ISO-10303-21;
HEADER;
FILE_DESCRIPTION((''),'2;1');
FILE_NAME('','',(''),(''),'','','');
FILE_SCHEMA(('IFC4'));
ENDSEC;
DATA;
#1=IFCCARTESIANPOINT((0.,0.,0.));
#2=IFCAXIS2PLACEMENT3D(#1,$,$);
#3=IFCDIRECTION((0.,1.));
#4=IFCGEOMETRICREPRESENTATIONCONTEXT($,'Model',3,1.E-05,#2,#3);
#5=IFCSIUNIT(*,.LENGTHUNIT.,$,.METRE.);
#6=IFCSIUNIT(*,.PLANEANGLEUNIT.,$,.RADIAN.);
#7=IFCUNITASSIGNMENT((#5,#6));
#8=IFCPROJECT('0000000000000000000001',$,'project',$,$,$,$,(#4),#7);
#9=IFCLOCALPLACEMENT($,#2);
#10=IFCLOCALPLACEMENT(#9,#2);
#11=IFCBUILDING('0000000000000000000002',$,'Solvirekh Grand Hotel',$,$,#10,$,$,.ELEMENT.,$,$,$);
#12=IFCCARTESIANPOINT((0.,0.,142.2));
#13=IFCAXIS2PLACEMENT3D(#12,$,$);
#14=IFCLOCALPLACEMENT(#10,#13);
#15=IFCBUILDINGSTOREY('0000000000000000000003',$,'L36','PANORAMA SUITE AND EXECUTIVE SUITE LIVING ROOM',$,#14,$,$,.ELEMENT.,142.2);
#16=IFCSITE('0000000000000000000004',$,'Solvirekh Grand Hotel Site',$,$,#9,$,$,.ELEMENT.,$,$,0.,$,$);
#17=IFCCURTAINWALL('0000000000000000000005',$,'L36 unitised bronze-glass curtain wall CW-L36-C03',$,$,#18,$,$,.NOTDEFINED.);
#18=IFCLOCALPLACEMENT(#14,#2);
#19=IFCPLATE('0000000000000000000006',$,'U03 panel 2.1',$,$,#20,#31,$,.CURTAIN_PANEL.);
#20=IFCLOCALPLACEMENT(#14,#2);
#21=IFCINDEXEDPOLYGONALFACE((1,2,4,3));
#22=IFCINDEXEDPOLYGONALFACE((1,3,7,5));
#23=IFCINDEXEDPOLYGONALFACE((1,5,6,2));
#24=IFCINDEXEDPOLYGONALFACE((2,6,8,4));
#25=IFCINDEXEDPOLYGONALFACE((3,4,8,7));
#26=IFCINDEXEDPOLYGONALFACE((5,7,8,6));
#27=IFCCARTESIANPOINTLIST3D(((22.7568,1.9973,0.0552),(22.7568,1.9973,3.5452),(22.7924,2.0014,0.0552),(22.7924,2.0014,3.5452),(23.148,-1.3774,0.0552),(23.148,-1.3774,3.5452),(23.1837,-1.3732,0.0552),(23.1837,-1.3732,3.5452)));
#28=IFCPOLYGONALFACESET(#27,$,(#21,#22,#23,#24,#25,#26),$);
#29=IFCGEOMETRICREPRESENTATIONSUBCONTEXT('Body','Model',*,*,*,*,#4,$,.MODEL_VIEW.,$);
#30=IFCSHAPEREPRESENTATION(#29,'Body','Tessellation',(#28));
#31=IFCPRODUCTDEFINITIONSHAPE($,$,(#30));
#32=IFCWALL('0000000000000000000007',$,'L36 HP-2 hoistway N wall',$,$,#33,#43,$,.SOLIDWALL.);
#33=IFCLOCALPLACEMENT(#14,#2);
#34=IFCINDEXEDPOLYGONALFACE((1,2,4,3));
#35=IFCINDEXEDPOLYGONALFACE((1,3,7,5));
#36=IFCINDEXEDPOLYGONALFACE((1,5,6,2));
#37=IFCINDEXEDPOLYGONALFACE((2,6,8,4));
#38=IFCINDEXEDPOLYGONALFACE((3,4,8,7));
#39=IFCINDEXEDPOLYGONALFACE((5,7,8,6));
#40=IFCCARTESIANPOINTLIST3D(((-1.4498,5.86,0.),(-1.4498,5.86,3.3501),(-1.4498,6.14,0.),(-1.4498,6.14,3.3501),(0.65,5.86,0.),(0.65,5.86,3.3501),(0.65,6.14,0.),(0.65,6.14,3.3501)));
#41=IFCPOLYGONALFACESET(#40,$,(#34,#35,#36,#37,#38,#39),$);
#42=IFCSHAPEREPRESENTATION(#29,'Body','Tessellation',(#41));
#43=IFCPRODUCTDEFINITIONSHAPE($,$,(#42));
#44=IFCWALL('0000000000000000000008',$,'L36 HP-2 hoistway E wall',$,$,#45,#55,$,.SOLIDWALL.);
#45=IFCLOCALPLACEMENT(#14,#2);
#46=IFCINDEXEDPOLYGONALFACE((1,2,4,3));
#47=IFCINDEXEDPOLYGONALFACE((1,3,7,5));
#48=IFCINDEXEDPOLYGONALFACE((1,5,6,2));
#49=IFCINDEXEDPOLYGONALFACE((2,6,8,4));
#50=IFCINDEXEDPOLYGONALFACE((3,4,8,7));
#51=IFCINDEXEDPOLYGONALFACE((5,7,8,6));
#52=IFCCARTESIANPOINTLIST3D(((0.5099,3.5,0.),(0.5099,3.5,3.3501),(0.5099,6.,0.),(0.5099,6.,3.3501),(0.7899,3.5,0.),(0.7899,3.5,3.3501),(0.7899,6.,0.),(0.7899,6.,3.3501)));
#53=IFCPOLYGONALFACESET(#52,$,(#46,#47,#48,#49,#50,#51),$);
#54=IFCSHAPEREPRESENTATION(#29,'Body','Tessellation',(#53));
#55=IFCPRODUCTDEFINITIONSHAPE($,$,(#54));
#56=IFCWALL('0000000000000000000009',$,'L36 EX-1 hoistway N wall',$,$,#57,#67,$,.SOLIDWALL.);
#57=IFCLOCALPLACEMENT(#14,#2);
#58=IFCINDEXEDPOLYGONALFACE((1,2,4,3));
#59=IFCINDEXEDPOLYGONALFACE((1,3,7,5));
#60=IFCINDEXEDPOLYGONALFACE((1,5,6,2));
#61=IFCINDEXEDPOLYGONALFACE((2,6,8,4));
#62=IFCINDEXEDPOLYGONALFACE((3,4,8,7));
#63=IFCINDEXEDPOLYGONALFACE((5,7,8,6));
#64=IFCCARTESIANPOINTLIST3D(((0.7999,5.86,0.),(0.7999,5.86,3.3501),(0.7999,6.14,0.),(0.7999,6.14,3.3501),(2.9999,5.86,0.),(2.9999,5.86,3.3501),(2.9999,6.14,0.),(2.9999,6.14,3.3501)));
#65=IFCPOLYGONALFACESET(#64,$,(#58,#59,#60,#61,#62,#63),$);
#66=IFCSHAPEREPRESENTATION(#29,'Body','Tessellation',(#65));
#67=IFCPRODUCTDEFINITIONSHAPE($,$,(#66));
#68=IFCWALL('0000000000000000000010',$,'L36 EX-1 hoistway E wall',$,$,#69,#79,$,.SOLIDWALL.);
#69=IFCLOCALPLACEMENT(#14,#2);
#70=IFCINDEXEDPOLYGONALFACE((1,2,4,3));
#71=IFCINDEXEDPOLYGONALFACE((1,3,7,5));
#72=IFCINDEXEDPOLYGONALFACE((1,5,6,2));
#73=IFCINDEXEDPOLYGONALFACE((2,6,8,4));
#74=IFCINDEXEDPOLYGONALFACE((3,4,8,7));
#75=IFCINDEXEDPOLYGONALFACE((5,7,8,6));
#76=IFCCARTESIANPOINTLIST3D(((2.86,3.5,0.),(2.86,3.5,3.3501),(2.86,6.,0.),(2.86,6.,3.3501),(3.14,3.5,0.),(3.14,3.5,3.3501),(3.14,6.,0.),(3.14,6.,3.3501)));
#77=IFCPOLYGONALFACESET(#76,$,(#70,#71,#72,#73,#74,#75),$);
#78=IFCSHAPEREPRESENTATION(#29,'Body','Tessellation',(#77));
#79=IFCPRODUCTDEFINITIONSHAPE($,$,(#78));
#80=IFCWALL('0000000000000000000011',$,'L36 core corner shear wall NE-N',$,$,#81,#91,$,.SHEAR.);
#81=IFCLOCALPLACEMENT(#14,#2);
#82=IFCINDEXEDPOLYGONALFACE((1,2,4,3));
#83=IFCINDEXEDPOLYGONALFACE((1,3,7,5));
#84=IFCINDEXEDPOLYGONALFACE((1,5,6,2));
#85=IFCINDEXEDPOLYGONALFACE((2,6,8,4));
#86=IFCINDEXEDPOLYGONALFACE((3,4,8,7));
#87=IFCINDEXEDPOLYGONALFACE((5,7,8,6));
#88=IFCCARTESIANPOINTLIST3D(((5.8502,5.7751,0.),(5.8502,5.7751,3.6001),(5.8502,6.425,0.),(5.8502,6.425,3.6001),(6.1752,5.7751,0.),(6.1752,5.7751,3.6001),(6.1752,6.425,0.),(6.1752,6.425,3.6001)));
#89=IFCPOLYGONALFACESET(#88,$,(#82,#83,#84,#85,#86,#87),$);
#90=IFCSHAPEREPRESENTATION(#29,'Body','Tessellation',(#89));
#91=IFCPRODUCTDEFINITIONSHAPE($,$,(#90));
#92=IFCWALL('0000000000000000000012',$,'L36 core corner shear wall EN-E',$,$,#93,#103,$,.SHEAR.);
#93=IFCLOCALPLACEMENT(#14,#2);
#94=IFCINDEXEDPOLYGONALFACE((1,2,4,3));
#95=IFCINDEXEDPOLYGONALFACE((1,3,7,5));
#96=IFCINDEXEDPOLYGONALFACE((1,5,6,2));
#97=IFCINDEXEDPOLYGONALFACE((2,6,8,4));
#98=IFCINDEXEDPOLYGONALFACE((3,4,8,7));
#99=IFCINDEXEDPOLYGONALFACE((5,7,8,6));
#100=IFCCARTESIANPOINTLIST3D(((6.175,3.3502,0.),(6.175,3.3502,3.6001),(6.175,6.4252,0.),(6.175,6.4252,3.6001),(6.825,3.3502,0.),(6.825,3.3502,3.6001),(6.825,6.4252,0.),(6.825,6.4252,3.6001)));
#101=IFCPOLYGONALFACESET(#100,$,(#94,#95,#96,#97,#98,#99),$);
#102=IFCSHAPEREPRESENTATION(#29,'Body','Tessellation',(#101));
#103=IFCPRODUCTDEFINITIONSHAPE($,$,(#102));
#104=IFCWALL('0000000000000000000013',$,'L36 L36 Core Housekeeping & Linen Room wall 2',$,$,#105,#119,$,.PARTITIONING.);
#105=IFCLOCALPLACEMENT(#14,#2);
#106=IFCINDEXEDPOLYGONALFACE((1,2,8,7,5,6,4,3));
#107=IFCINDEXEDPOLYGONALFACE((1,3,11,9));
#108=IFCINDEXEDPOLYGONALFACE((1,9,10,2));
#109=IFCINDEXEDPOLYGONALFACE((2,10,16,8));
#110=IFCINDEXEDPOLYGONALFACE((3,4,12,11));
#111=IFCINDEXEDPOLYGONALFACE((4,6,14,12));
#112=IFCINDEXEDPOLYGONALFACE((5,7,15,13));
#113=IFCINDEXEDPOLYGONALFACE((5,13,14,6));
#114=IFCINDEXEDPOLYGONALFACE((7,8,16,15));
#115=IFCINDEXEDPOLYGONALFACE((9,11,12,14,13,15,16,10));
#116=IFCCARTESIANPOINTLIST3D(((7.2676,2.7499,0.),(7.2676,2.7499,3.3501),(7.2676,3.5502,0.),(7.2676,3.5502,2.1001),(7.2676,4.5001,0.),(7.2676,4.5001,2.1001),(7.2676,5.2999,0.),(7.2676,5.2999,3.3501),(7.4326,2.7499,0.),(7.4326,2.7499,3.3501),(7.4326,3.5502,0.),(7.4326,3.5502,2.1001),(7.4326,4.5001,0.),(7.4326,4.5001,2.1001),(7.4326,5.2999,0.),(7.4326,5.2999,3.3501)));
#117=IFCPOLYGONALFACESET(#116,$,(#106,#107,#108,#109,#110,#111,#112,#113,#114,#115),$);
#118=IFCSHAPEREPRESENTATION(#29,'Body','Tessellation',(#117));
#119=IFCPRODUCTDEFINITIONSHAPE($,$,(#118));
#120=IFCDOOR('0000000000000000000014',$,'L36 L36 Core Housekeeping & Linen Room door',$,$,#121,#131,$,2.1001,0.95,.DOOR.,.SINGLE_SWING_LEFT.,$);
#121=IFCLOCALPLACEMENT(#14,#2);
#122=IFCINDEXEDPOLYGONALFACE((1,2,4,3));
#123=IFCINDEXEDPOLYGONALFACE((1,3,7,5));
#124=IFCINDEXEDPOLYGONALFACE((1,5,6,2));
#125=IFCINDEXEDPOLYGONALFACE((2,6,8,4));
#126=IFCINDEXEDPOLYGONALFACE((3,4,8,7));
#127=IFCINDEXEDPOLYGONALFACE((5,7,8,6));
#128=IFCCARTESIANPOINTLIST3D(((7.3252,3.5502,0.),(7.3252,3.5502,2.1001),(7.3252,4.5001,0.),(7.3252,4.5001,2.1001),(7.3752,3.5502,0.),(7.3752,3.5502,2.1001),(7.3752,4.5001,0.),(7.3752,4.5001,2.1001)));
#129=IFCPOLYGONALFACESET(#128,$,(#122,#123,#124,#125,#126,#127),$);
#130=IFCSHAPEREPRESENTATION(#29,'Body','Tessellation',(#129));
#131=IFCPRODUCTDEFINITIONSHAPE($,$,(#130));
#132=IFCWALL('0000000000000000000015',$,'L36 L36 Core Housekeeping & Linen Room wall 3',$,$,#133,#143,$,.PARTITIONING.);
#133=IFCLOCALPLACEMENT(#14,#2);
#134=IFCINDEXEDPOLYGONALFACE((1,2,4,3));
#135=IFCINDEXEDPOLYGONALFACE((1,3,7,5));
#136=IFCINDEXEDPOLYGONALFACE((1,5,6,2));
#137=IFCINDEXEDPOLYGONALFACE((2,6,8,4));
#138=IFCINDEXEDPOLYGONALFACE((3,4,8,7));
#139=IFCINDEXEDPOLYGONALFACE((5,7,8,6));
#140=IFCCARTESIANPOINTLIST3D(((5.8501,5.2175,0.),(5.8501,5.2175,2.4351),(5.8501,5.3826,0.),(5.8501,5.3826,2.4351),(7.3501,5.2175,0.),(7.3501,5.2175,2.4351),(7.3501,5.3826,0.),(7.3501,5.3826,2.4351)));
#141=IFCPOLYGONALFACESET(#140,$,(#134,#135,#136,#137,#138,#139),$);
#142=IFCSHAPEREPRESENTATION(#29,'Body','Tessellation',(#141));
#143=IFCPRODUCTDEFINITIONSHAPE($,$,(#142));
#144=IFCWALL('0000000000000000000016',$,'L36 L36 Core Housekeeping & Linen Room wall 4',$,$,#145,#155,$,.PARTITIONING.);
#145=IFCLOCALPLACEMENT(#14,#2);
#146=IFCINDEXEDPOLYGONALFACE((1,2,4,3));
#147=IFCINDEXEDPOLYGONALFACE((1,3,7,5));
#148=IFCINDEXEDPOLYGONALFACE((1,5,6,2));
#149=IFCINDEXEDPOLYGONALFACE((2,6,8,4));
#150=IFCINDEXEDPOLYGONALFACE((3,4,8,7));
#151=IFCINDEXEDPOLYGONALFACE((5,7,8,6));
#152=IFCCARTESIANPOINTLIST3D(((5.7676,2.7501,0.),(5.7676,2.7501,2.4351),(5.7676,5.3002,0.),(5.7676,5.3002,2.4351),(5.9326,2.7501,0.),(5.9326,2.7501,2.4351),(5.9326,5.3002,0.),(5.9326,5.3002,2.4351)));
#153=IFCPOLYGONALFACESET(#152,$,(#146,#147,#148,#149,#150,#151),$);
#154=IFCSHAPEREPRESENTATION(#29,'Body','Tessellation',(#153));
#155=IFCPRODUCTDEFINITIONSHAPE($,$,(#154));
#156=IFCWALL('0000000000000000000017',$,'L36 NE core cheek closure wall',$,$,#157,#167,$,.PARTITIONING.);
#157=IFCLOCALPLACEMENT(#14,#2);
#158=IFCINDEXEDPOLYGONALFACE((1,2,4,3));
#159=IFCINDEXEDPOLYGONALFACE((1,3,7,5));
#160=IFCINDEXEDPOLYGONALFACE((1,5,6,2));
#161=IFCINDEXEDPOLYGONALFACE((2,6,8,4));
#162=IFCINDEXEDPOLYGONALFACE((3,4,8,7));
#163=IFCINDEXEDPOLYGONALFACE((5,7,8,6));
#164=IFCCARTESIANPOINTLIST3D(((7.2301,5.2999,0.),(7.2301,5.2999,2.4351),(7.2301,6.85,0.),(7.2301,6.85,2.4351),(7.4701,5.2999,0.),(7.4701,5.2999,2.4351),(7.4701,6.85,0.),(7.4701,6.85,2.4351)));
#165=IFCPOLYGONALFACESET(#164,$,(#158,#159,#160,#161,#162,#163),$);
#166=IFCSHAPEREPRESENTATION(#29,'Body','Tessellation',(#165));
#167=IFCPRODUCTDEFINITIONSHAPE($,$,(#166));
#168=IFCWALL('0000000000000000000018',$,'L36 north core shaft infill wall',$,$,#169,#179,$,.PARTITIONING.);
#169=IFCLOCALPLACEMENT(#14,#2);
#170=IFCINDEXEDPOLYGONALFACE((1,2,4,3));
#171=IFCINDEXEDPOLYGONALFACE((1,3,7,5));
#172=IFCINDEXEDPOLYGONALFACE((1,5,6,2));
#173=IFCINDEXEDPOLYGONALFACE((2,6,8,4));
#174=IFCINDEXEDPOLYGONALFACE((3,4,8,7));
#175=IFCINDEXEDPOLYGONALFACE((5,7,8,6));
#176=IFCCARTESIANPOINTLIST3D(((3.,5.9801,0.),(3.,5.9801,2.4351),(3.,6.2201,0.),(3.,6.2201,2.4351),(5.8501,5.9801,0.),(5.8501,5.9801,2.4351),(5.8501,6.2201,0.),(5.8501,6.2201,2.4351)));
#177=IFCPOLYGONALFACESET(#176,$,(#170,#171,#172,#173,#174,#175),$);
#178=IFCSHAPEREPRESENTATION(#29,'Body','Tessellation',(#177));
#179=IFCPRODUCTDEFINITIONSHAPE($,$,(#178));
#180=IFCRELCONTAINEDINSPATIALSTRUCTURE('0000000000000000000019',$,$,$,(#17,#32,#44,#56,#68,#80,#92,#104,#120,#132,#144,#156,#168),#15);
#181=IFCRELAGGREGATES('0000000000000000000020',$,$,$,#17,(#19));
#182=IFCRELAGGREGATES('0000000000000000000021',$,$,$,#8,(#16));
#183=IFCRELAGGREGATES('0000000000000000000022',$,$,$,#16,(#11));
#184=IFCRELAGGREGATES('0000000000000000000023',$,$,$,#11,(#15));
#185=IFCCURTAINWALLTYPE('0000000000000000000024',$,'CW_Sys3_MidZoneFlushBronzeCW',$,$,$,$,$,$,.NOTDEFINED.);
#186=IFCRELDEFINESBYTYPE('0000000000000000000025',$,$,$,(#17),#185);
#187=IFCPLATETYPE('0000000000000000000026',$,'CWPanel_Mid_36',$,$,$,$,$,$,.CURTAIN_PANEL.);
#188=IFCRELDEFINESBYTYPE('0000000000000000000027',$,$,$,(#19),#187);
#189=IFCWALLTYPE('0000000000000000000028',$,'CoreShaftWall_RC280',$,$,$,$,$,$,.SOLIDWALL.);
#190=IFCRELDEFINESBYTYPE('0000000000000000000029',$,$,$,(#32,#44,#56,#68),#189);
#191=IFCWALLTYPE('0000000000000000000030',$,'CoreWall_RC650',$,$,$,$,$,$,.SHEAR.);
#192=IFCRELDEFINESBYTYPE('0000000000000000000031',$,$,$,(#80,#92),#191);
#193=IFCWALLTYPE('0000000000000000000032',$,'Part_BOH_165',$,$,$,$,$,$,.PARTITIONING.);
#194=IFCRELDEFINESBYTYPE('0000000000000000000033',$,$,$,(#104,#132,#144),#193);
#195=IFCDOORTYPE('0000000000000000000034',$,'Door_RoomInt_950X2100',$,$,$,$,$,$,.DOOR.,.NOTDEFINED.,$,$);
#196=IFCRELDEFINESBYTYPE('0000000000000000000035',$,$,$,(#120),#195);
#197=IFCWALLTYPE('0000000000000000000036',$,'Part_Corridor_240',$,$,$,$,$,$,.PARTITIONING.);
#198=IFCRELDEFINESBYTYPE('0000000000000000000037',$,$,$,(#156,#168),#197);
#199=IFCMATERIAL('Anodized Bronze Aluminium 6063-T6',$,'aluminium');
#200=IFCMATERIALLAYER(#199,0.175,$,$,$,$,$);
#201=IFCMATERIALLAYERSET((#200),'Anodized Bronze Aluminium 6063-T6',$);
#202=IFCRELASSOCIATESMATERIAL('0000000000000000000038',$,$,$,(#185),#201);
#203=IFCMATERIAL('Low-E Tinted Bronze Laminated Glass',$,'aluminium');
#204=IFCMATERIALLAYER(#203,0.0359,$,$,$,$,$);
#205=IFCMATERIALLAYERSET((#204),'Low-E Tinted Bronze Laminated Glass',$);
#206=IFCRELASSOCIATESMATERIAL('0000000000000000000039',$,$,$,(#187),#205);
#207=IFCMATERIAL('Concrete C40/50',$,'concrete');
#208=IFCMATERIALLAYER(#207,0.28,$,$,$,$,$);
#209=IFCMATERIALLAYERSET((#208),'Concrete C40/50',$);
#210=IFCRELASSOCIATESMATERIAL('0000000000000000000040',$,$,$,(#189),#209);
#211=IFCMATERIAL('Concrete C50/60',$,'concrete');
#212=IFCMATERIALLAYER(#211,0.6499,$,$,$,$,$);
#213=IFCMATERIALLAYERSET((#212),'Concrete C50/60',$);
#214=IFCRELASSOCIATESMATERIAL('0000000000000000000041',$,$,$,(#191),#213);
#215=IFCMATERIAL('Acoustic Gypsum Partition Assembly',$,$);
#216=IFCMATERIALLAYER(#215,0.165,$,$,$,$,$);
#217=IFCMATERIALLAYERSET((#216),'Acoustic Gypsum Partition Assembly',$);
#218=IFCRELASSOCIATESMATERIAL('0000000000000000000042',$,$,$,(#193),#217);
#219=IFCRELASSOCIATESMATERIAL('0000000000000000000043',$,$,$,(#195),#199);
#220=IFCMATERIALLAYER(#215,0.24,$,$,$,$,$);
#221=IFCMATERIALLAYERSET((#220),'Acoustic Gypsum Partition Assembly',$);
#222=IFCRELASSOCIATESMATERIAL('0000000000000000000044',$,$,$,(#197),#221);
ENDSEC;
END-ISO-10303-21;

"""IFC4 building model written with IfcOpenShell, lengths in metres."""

from ifc_helpers import new_model, si_unit, direction, frame, frame_2d, origin, origin_2d, place, context, subcontext, project, spatial, rectangle, extrude, source, transform, mapped, material, layer, layer_set, type_object, element, fill, aggregate, save


model = new_model("IFC4")

# Units and contexts
model_context = context("Model", 3, precision=1e-05, world=origin(), true_north=direction((0.0, 1.0)))
body_context = subcontext(model_context, "Body", "Model", "MODEL_VIEW")
ifc_project = project(units=[si_unit("LENGTHUNIT", "METRE"), si_unit("PLANEANGLEUNIT", "RADIAN")], contexts=[model_context])

# Site, building, storey
site_placement = place(None, origin())
site = spatial("IfcSite", under=ifc_project, at=site_placement, Name="Solvirekh Grand Hotel Site", CompositionType="ELEMENT", RefElevation=0.0)
building_placement = place(site_placement, origin())
building = spatial("IfcBuilding", under=site, at=building_placement, Name="Solvirekh Grand Hotel", CompositionType="ELEMENT")
storey_placement = place(building_placement, frame((0.0, 0.0, 142.2)))
storey = spatial("IfcBuildingStorey", under=building, at=storey_placement, Name="L36", Description="PANORAMA SUITE AND EXECUTIVE SUITE LIVING ROOM", CompositionType="ELEMENT", Elevation=142.2)

# Shared definitions
ifc_material_1 = material(Name="Concrete C50/60", Category="concrete")

# Curtain wall, plate
ifc_material_2 = material(Name="Anodized Bronze Aluminium 6063-T6", Category="aluminium")
ifc_layer_1 = layer(ifc_material_2, 0.175)
ifc_layer_set_1 = layer_set([ifc_layer_1], Name="Anodized Bronze Aluminium 6063-T6")
curtain_wall_type = type_object("IfcCurtainWallType", Name="CW_Sys3_MidZoneFlushBronzeCW", PredefinedType="NOTDEFINED", material=ifc_layer_set_1)
curtain_wall_placement = place(storey_placement, origin())
curtain_wall = element("IfcCurtainWall", 1, at=curtain_wall_placement, inside=storey, type_object=curtain_wall_type, Name="L36 unitised bronze-glass curtain wall CW-L36-C03", PredefinedType="NOTDEFINED")
ifc_material_3 = material(Name="Low-E Tinted Bronze Laminated Glass", Category="aluminium")
ifc_layer_2 = layer(ifc_material_3, 0.0359)
ifc_layer_set_2 = layer_set([ifc_layer_2], Name="Low-E Tinted Bronze Laminated Glass")
plate_type = type_object("IfcPlateType", Name="CWPanel_Mid_36", PredefinedType="CURTAIN_PANEL", material=ifc_layer_set_2)
shared_shape_1 = source(origin(), body_context, "Body", "SweptSolid", [
    extrude(rectangle(XDim=3.3972, YDim=0.0359, at=origin_2d()), origin(), (0.0, 0.0, 1.0), 3.49),
])
plate_placement = place(storey_placement, frame((22.9702, 0.312, 0.0552), z_axis=(0.0, 0.0, 1.0), x_axis=(-0.115173, 0.993345, 0.0)))
plate = element("IfcPlate", 2, at=plate_placement, type_object=plate_type, Name="U03 panel 2.1", PredefinedType="CURTAIN_PANEL", context=body_context, shape_type="MappedRepresentation", body=[
    mapped(shared_shape_1, transform((0.0, 0.0, 0.0), x_axis=(1.0, 0.0, 0.0), y_axis=(0.0, 1.0, 0.0), z_axis=(0.0, 0.0, 1.0), scale=1.0)),
])
aggregate(curtain_wall, [plate])

# Walls
ifc_material_4 = material(Name="Concrete C40/50", Category="concrete")
ifc_layer_3 = layer(ifc_material_4, 0.28)
ifc_layer_set_3 = layer_set([ifc_layer_3], Name="Concrete C40/50")
wall_type_1 = type_object("IfcWallType", Name="CoreShaftWall_RC280", PredefinedType="SOLIDWALL", material=ifc_layer_set_3)
wall_1_placement = place(storey_placement, frame((0.6499, 6.0, 0.0), z_axis=(0.0, 0.0, 1.0), x_axis=(-1.0, 0.0, 0.0)))
element("IfcWall", 3, at=wall_1_placement, inside=storey, type_object=wall_type_1, Name="L36 HP-2 hoistway N wall", PredefinedType="SOLIDWALL", context=body_context, shape_type="SweptSolid", body=[
    extrude(rectangle(XDim=2.0999, YDim=0.28, at=frame_2d((1.0498, 0.0))), origin(), (0.0, 0.0, 1.0), 3.3501),
])
wall_2_placement = place(storey_placement, frame((0.6499, 3.5, 0.0), z_axis=(0.0, 0.0, 1.0), x_axis=(0.0, 1.0, 0.0)))
element("IfcWall", 4, at=wall_2_placement, inside=storey, type_object=wall_type_1, Name="L36 HP-2 hoistway E wall", PredefinedType="SOLIDWALL", context=body_context, shape_type="SweptSolid", body=[
    extrude(rectangle(XDim=2.5, YDim=0.28, at=frame_2d((1.25, 0.0))), origin(), (0.0, 0.0, 1.0), 3.3501),
])
wall_3_placement = place(storey_placement, frame((3.0, 6.0, 0.0), z_axis=(0.0, 0.0, 1.0), x_axis=(-1.0, 0.0, 0.0)))
element("IfcWall", 5, at=wall_3_placement, inside=storey, type_object=wall_type_1, Name="L36 EX-1 hoistway N wall", PredefinedType="SOLIDWALL", context=body_context, shape_type="SweptSolid", body=[
    extrude(rectangle(XDim=2.2, YDim=0.28, at=frame_2d((1.1001, 0.0))), origin(), (0.0, 0.0, 1.0), 3.3501),
])
wall_4_placement = place(storey_placement, frame((3.0, 3.5, 0.0), z_axis=(0.0, 0.0, 1.0), x_axis=(0.0, 1.0, 0.0)))
element("IfcWall", 6, at=wall_4_placement, inside=storey, type_object=wall_type_1, Name="L36 EX-1 hoistway E wall", PredefinedType="SOLIDWALL", context=body_context, shape_type="SweptSolid", body=[
    extrude(rectangle(XDim=2.5, YDim=0.28, at=frame_2d((1.25, 0.0))), origin(), (0.0, 0.0, 1.0), 3.3501),
])
ifc_layer_4 = layer(ifc_material_1, 0.6499)
ifc_layer_set_4 = layer_set([ifc_layer_4], Name="Concrete C50/60")
wall_type_2 = type_object("IfcWallType", Name="CoreWall_RC650", PredefinedType="SHEAR", material=ifc_layer_set_4)
wall_5_placement = place(storey_placement, frame((5.8501, 6.1001, 0.0), z_axis=(0.0, 0.0, 1.0), x_axis=(1.0, 0.0, 0.0)))
element("IfcWall", 7, at=wall_5_placement, inside=storey, type_object=wall_type_2, Name="L36 core corner shear wall NE-N", PredefinedType="SHEAR", context=body_context, shape_type="SweptSolid", body=[
    extrude(rectangle(XDim=0.325, YDim=0.6499, at=frame_2d((0.1626, 0.0))), origin(), (0.0, 0.0, 1.0), 3.6001),
])
wall_6_placement = place(storey_placement, frame((6.5, 3.3501, 0.0), z_axis=(0.0, 0.0, 1.0), x_axis=(0.0, 1.0, 0.0)))
element("IfcWall", 8, at=wall_6_placement, inside=storey, type_object=wall_type_2, Name="L36 core corner shear wall EN-E", PredefinedType="SHEAR", context=body_context, shape_type="SweptSolid", body=[
    extrude(rectangle(XDim=3.075, YDim=0.6499, at=frame_2d((1.5376, 0.0))), origin(), (0.0, 0.0, 1.0), 3.6001),
])

# Wall, opening, door
ifc_material_5 = material(Name="Acoustic Gypsum Partition Assembly")
ifc_layer_5 = layer(ifc_material_5, 0.165)
ifc_layer_set_5 = layer_set([ifc_layer_5], Name="Acoustic Gypsum Partition Assembly")
wall_type_3 = type_object("IfcWallType", Name="Part_BOH_165", PredefinedType="PARTITIONING", material=ifc_layer_set_5)
wall_7_placement = place(storey_placement, frame((7.3501, 2.75, 0.0), z_axis=(0.0, 0.0, 1.0), x_axis=(0.0, 1.0, 0.0)))
wall_7 = element("IfcWall", 9, at=wall_7_placement, inside=storey, type_object=wall_type_3, Name="L36 L36 Core Housekeeping & Linen Room wall 2", PredefinedType="PARTITIONING", context=body_context, shape_type="SweptSolid", body=[
    extrude(rectangle(XDim=2.55, YDim=0.165, at=frame_2d((1.2749, 0.0))), origin(), (0.0, 0.0, 1.0), 3.3501),
])
opening_1_placement = place(wall_7_placement, frame((0.8, 0.0, 0.0)))
opening_1 = element("IfcOpeningElement", 10, at=opening_1_placement, cuts=wall_7, PredefinedType="OPENING", context=body_context, shape_type="SweptSolid", body=[
    extrude(rectangle(XDim=0.95, YDim=2.1001, at=frame_2d((0.4751, 1.05))), frame((0.0, 0.0925, 0.0), z_axis=(0.0, -1.0, 0.0), x_axis=(1.0, 0.0, 0.0)), (0.0, 0.0, 1.0), 0.1851),
])
door_type = type_object("IfcDoorType", Name="Door_RoomInt_950X2100", OperationType="NOTDEFINED", PredefinedType="DOOR", material=ifc_material_2)
door_1_placement = place(opening_1_placement, origin())
door_1 = element("IfcDoor", 11, at=door_1_placement, inside=storey, type_object=door_type, Name="L36 L36 Core Housekeeping & Linen Room door", OperationType="SINGLE_SWING_LEFT", OverallHeight=2.1001, OverallWidth=0.95, PredefinedType="DOOR", context=body_context, shape_type="SweptSolid", body=[
    extrude(rectangle(XDim=0.95, YDim=2.1001, at=frame_2d((0.4751, 1.05))), frame((0.0, 0.0249, 0.0), z_axis=(0.0, -1.0, 0.0), x_axis=(1.0, 0.0, 0.0)), (0.0, 0.0, 1.0), 0.05),
])
fill(opening_1, door_1)

# Walls
wall_8_placement = place(storey_placement, frame((7.3501, 5.3, 0.0), z_axis=(0.0, 0.0, 1.0), x_axis=(-1.0, 0.0, 0.0)))
element("IfcWall", 12, at=wall_8_placement, inside=storey, type_object=wall_type_3, Name="L36 L36 Core Housekeeping & Linen Room wall 3", PredefinedType="PARTITIONING", context=body_context, shape_type="SweptSolid", body=[
    extrude(rectangle(XDim=1.5, YDim=0.165, at=frame_2d((0.75, 0.0))), origin(), (0.0, 0.0, 1.0), 2.4351),
])
wall_9_placement = place(storey_placement, frame((5.8501, 5.3, 0.0), z_axis=(0.0, 0.0, 1.0), x_axis=(0.0, -1.0, 0.0)))
element("IfcWall", 13, at=wall_9_placement, inside=storey, type_object=wall_type_3, Name="L36 L36 Core Housekeeping & Linen Room wall 4", PredefinedType="PARTITIONING", context=body_context, shape_type="SweptSolid", body=[
    extrude(rectangle(XDim=2.55, YDim=0.165, at=frame_2d((1.2749, 0.0))), origin(), (0.0, 0.0, 1.0), 2.4351),
])
ifc_layer_6 = layer(ifc_material_5, 0.24)
ifc_layer_set_6 = layer_set([ifc_layer_6], Name="Acoustic Gypsum Partition Assembly")
wall_type_4 = type_object("IfcWallType", Name="Part_Corridor_240", PredefinedType="PARTITIONING", material=ifc_layer_set_6)
wall_10_placement = place(storey_placement, frame((7.3501, 5.3, 0.0), z_axis=(0.0, 0.0, 1.0), x_axis=(0.0, 1.0, 0.0)))
element("IfcWall", 14, at=wall_10_placement, inside=storey, type_object=wall_type_4, Name="L36 NE core cheek closure wall", PredefinedType="PARTITIONING", context=body_context, shape_type="SweptSolid", body=[
    extrude(rectangle(XDim=1.55, YDim=0.24, at=frame_2d((0.7749, 0.0))), origin(), (0.0, 0.0, 1.0), 2.4351),
])
wall_11_placement = place(storey_placement, frame((3.0, 6.1001, 0.0), z_axis=(0.0, 0.0, 1.0), x_axis=(1.0, 0.0, 0.0)))
element("IfcWall", 15, at=wall_11_placement, inside=storey, type_object=wall_type_4, Name="L36 north core shaft infill wall", PredefinedType="PARTITIONING", context=body_context, shape_type="SweptSolid", body=[
    extrude(rectangle(XDim=2.8501, YDim=0.24, at=frame_2d((1.425, 0.0))), origin(), (0.0, 0.0, 1.0), 2.4351),
])

save(model, "model.ifc")
